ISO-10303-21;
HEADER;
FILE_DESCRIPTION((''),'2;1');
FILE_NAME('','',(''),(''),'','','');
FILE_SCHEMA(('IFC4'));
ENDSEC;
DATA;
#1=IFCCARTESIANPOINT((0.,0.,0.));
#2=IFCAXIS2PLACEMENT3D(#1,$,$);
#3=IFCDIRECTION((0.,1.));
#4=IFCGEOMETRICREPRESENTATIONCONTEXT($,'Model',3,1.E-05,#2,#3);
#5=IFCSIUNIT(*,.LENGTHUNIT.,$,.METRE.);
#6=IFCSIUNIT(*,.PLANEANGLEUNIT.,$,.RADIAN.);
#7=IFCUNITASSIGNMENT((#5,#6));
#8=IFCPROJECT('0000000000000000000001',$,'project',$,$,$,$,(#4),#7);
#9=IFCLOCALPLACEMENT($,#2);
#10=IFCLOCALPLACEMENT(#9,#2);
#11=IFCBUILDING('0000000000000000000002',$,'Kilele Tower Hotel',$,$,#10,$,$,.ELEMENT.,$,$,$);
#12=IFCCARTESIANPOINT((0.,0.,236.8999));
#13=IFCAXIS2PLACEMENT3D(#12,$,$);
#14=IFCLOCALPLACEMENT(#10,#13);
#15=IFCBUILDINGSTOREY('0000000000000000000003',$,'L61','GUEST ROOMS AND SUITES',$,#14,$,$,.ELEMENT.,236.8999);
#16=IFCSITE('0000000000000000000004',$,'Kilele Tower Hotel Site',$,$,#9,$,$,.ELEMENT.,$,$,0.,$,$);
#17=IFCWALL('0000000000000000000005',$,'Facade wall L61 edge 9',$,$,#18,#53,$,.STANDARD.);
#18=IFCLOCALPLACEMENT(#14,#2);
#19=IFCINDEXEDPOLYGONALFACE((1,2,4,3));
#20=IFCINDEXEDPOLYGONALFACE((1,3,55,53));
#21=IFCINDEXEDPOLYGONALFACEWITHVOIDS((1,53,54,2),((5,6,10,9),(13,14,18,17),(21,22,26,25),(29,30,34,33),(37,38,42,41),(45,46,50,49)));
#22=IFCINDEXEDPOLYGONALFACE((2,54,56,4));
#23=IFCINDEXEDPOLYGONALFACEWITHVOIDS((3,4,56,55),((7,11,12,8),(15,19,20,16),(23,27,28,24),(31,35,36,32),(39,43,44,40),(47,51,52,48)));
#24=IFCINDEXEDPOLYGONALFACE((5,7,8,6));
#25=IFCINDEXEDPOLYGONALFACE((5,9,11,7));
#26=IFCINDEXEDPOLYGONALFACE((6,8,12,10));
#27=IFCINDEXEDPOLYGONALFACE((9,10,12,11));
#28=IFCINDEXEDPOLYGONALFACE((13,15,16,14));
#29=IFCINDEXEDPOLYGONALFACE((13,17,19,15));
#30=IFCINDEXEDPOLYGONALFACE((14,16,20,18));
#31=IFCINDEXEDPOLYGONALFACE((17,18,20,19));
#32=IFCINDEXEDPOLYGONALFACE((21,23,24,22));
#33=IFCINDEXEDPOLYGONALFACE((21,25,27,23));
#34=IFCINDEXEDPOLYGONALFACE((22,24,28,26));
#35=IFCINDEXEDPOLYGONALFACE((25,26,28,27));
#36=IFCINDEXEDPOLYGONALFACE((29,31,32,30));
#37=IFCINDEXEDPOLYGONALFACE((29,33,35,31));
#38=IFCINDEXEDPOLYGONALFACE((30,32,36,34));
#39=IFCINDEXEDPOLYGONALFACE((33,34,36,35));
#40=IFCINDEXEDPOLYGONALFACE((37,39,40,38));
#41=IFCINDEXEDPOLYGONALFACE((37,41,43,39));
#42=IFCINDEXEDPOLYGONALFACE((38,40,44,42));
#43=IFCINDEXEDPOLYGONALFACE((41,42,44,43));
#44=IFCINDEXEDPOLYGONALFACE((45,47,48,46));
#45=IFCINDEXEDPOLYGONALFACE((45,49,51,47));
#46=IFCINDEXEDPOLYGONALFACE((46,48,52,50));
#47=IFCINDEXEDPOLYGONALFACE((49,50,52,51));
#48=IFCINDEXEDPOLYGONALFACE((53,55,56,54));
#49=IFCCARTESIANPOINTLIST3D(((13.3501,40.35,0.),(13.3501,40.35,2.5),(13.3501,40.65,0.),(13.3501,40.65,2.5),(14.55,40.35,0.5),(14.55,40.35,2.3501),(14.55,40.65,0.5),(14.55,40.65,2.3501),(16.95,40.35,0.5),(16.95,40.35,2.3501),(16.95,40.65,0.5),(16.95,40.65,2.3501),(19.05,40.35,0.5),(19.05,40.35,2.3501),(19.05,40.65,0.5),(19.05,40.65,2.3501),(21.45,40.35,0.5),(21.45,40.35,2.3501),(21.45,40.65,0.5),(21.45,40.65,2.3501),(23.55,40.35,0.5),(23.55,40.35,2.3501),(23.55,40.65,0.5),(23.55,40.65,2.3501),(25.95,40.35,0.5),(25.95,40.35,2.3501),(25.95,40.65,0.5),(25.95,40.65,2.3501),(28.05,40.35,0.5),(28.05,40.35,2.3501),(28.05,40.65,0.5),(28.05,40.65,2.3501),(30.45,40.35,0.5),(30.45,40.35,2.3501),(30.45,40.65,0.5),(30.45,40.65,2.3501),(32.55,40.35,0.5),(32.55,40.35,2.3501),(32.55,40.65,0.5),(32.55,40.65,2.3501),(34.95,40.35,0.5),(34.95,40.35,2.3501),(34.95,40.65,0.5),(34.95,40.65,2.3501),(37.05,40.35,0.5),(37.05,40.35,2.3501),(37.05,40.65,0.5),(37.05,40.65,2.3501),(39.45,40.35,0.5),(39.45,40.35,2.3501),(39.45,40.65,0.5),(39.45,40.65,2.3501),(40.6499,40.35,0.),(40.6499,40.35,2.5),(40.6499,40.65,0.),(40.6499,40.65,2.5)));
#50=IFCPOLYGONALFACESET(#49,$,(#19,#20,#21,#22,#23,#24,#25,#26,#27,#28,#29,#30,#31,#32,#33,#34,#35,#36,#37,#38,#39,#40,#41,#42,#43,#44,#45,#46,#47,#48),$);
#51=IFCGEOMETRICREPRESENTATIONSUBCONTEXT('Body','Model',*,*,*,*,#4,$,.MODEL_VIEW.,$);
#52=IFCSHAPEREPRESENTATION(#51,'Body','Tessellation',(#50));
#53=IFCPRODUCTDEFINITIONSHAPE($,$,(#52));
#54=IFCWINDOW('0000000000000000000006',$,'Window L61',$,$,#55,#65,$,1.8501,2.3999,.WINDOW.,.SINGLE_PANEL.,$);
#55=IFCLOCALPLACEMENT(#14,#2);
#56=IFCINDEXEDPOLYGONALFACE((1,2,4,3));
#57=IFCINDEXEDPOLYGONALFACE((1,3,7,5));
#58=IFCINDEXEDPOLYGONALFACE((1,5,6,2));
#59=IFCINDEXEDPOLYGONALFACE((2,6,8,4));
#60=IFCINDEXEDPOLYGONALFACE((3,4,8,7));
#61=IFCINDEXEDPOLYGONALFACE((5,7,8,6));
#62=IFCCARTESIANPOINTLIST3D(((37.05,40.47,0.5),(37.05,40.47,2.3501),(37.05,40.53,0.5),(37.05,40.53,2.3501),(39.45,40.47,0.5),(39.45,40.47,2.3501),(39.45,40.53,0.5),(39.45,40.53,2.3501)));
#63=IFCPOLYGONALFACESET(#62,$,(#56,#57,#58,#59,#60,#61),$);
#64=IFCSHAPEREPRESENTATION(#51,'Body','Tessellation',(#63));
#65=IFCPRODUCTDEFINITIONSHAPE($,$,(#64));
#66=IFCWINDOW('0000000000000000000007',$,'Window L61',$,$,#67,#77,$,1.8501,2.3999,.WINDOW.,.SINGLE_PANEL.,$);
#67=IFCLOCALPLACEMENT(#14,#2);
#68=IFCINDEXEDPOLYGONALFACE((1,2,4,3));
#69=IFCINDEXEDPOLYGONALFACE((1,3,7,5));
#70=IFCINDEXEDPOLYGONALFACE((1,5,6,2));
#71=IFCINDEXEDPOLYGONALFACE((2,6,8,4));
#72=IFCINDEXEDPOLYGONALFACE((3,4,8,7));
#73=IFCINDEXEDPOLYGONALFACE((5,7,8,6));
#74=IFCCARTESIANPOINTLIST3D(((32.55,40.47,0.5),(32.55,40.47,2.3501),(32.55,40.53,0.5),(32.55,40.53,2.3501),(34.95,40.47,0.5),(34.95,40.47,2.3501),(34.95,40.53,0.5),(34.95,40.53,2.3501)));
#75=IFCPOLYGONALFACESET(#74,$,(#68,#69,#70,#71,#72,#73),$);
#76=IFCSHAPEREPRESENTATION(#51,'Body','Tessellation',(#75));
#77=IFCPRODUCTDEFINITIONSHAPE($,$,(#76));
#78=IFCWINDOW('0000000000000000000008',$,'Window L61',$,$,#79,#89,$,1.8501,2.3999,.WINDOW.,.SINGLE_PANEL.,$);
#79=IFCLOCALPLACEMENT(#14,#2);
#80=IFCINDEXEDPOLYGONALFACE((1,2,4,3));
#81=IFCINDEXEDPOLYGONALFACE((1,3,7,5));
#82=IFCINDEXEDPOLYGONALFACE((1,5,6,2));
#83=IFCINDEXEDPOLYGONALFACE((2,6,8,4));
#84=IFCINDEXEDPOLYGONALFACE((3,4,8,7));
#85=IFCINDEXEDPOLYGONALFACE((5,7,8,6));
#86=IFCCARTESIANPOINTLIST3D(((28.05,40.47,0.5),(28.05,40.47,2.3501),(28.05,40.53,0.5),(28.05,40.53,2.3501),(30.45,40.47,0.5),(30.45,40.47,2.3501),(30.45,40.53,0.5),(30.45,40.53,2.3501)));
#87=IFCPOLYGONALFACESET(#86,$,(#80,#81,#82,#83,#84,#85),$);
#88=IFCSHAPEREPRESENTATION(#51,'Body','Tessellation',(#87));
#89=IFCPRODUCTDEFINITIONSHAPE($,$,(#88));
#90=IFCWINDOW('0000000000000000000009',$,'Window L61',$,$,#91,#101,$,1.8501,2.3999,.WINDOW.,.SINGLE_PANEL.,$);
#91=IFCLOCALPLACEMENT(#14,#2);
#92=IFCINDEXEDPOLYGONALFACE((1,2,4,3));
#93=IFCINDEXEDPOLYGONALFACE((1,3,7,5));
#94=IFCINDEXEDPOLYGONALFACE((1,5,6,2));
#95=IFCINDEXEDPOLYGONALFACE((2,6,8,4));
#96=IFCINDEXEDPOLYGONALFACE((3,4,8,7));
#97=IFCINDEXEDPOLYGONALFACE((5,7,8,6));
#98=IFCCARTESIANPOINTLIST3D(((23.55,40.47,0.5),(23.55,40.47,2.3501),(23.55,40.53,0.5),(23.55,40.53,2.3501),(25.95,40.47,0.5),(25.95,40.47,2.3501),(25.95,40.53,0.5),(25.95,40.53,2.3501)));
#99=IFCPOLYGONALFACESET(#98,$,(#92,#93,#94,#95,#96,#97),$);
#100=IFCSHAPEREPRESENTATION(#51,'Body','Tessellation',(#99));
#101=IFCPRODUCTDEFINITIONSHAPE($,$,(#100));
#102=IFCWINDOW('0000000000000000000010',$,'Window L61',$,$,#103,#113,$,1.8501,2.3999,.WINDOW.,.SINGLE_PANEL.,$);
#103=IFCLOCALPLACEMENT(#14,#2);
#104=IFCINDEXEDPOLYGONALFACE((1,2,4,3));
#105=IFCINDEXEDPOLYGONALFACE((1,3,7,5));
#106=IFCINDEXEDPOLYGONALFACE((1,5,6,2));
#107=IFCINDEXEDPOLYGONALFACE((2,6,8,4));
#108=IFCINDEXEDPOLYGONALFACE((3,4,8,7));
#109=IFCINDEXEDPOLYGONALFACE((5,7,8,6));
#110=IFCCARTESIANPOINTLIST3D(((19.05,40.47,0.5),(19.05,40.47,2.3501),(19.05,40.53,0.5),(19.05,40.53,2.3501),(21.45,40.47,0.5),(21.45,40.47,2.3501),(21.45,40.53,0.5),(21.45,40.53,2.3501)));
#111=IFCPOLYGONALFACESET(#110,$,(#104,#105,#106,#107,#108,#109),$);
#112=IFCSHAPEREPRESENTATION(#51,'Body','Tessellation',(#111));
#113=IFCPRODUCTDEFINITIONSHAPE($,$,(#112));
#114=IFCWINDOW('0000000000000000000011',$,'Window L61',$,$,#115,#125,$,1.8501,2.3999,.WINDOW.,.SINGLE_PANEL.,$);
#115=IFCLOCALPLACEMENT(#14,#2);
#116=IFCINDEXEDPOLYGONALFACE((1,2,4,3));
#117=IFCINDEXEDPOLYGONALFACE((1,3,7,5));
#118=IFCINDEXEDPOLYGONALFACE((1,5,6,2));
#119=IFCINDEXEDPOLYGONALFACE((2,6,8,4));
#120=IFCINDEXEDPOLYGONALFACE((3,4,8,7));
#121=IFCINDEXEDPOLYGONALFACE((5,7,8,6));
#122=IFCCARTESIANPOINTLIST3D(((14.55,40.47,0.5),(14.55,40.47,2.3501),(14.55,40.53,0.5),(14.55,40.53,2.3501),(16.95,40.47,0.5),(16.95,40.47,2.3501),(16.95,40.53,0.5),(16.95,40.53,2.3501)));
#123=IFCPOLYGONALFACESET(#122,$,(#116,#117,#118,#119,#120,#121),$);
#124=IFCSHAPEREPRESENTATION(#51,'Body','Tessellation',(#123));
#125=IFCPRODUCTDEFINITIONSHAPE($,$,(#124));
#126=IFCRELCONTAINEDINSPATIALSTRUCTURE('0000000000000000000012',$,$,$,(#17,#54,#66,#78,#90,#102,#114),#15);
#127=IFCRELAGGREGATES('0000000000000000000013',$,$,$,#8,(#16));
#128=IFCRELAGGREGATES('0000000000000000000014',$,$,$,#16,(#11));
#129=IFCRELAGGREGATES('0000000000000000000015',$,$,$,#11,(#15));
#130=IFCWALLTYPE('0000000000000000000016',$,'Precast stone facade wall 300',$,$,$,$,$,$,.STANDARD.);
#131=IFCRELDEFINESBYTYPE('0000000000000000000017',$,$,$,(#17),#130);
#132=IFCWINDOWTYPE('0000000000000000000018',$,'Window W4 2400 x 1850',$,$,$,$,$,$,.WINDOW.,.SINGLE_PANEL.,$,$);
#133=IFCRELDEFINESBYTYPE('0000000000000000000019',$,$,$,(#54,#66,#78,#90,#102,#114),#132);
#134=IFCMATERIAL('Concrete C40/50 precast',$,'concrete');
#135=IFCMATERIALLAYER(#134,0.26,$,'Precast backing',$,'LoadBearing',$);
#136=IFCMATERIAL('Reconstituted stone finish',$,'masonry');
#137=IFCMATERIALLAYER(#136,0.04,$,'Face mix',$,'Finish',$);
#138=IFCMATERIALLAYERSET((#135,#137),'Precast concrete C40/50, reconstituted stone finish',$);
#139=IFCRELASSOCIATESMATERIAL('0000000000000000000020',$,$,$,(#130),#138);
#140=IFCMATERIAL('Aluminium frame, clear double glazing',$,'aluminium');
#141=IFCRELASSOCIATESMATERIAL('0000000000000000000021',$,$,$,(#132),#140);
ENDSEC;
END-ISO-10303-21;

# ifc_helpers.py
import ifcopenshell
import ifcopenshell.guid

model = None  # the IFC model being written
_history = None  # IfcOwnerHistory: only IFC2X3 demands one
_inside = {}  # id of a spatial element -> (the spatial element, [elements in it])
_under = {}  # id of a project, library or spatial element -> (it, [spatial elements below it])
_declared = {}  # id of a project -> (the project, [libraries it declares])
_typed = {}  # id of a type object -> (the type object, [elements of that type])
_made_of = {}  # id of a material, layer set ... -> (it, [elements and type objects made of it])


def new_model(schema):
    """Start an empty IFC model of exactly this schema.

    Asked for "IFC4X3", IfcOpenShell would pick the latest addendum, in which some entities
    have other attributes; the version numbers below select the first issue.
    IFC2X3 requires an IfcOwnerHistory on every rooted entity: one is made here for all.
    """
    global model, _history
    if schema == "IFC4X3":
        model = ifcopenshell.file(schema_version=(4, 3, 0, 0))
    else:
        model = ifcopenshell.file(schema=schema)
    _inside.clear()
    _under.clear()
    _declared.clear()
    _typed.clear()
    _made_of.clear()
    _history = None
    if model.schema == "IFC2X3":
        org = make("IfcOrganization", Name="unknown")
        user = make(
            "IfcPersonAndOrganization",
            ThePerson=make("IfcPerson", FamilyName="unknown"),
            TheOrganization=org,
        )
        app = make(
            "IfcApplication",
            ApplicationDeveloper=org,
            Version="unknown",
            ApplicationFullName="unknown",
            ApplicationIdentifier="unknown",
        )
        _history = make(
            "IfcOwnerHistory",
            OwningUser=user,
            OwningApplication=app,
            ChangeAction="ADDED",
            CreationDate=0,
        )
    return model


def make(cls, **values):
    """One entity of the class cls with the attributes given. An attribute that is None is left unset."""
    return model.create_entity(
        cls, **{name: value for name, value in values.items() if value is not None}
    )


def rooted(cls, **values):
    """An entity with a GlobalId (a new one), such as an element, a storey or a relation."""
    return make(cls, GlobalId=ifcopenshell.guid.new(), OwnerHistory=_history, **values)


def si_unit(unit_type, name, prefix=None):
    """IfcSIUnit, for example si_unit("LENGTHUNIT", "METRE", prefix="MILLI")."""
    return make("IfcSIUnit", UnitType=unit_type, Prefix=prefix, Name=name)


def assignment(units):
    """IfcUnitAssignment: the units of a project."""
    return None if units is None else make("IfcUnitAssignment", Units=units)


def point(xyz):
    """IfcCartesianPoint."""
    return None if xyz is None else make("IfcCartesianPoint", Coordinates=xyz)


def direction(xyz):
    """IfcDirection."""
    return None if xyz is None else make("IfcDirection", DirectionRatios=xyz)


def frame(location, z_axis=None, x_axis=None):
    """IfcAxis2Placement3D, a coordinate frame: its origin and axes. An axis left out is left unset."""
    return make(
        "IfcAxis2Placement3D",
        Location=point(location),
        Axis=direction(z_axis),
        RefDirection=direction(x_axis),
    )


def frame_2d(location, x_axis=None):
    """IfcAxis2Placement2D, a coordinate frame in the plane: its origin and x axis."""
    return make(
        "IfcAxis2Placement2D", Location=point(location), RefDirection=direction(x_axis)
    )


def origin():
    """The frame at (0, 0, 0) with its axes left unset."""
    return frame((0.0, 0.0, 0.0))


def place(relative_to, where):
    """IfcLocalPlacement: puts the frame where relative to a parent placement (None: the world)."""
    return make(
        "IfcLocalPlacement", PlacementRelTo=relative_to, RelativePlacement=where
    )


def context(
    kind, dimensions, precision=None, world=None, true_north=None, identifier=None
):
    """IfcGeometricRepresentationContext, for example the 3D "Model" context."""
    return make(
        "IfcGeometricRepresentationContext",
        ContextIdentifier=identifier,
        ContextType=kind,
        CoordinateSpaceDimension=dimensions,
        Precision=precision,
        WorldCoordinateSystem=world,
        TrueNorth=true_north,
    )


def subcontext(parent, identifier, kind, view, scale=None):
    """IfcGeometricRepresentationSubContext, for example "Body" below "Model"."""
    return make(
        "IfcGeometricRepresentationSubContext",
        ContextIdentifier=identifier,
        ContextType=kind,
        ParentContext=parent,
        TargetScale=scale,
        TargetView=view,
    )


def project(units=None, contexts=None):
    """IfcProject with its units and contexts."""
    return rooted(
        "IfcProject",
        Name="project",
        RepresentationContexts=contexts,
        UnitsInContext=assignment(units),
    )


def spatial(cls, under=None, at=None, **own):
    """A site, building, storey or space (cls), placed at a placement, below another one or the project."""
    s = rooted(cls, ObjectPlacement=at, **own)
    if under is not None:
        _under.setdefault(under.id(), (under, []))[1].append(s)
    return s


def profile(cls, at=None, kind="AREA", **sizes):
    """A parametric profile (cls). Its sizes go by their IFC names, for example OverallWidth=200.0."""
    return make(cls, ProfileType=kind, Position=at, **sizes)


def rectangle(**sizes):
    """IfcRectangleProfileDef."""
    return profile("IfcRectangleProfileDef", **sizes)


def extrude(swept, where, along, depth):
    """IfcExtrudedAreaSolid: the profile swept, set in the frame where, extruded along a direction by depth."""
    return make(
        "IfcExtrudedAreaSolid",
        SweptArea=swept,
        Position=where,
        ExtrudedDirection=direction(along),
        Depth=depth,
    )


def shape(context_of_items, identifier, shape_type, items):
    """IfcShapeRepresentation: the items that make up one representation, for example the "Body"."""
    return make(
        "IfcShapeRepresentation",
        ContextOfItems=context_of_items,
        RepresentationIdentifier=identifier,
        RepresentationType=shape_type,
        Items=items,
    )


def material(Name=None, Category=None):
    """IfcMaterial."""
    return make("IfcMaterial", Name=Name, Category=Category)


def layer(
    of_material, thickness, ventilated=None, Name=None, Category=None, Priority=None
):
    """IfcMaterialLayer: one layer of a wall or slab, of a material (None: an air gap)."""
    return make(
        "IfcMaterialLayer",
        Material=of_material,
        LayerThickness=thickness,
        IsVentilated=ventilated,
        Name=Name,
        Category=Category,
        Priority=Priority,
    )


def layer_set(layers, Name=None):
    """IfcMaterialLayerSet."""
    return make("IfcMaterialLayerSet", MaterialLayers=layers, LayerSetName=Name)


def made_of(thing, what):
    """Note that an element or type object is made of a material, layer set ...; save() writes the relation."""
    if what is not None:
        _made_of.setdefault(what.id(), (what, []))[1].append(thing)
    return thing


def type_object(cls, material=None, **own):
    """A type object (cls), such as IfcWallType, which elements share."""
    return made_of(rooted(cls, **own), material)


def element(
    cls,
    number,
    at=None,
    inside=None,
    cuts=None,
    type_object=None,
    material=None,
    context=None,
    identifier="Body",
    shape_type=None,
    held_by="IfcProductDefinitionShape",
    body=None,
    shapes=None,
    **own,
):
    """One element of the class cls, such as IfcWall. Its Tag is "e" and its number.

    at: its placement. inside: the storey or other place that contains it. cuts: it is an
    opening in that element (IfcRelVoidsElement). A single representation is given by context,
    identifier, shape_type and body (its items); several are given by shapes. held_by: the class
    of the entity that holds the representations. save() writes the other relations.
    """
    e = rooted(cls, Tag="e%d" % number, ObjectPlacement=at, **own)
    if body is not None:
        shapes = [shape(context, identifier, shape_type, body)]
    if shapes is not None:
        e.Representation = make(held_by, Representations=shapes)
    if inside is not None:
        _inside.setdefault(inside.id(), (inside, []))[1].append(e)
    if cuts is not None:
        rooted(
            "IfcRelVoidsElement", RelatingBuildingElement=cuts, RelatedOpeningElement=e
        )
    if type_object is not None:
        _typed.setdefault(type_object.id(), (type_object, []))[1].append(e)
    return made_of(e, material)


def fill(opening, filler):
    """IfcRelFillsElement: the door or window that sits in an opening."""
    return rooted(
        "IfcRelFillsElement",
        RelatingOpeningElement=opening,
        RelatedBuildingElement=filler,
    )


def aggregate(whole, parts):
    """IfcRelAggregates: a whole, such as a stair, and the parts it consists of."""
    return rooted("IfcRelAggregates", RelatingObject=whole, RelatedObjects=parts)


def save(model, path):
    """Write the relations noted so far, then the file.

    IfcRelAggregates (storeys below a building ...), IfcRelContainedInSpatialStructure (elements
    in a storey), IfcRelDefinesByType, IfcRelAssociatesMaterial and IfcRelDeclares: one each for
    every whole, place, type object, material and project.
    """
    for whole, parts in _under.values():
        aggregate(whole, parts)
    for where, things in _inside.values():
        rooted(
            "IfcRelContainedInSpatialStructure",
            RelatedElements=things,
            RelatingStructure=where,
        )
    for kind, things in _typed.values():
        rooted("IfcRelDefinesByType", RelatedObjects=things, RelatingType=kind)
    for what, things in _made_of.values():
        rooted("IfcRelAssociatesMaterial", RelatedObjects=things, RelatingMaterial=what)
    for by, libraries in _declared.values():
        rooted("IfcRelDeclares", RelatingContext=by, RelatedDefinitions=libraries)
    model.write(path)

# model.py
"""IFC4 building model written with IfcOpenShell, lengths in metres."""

from ifc_helpers import new_model, si_unit, direction, frame, frame_2d, origin, place, context, subcontext, project, spatial, rectangle, extrude, material, layer, layer_set, type_object, element, fill, save


model = new_model("IFC4")

# Units and contexts
model_context = context("Model", 3, precision=1e-05, world=origin(), true_north=direction((0.0, 1.0)))
body_context = subcontext(model_context, "Body", "Model", "MODEL_VIEW")
ifc_project = project(units=[si_unit("LENGTHUNIT", "METRE"), si_unit("PLANEANGLEUNIT", "RADIAN")], contexts=[model_context])

# Site, building, storey
site_placement = place(None, origin())
site = spatial("IfcSite", under=ifc_project, at=site_placement, Name="Kilele Tower Hotel Site", CompositionType="ELEMENT", RefElevation=0.0)
building_placement = place(site_placement, origin())
building = spatial("IfcBuilding", under=site, at=building_placement, Name="Kilele Tower Hotel", CompositionType="ELEMENT")
storey_placement = place(building_placement, frame((0.0, 0.0, 236.8999)))
storey = spatial("IfcBuildingStorey", under=building, at=storey_placement, Name="L61", Description="GUEST ROOMS AND SUITES", CompositionType="ELEMENT", Elevation=236.8999)

# Shared definitions
ifc_material_1 = material(Name="Concrete C40/50 precast", Category="concrete")
ifc_layer_1 = layer(ifc_material_1, 0.26, Name="Precast backing", Category="LoadBearing")
ifc_material_2 = material(Name="Reconstituted stone finish", Category="masonry")
ifc_layer_2 = layer(ifc_material_2, 0.04, Name="Face mix", Category="Finish")
ifc_layer_set = layer_set([ifc_layer_1, ifc_layer_2], Name="Precast concrete C40/50, reconstituted stone finish")
wall_type = type_object("IfcWallType", Name="Precast stone facade wall 300", PredefinedType="STANDARD", material=ifc_layer_set)
ifc_material_3 = material(Name="Aluminium frame, clear double glazing", Category="aluminium")
window_type = type_object("IfcWindowType", Name="Window W4 2400 x 1850", PartitioningType="SINGLE_PANEL", PredefinedType="WINDOW", material=ifc_material_3)

# Wall, openings, windows
wall_1_placement = place(storey_placement, frame((40.6499, 40.5, 0.0), z_axis=(0.0, 0.0, 1.0), x_axis=(-1.0, 0.0, 0.0)))
wall_1 = element("IfcWall", 1, at=wall_1_placement, inside=storey, type_object=wall_type, Name="Facade wall L61 edge 9", PredefinedType="STANDARD", context=body_context, shape_type="SweptSolid", body=[
    extrude(rectangle(XDim=27.2998, YDim=0.3, at=frame_2d((13.6499, 0.0))), origin(), (0.0, 0.0, 1.0), 2.5),
])
opening_1_placement = place(wall_1_placement, frame((1.2, 0.0, 0.5)))
opening_1 = element("IfcOpeningElement", 2, at=opening_1_placement, cuts=wall_1, PredefinedType="OPENING", context=body_context, shape_type="SweptSolid", body=[
    extrude(rectangle(XDim=2.3999, YDim=1.8501, at=frame_2d((1.2, 0.925))), frame((0.0, 0.1599, 0.0), z_axis=(0.0, -1.0, 0.0), x_axis=(1.0, 0.0, 0.0)), (0.0, 0.0, 1.0), 0.3201),
])
opening_2_placement = place(wall_1_placement, frame((5.7, 0.0, 0.5)))
opening_2 = element("IfcOpeningElement", 3, at=opening_2_placement, cuts=wall_1, PredefinedType="OPENING", context=body_context, shape_type="SweptSolid", body=[
    extrude(rectangle(XDim=2.3999, YDim=1.8501, at=frame_2d((1.2, 0.925))), frame((0.0, 0.1599, 0.0), z_axis=(0.0, -1.0, 0.0), x_axis=(1.0, 0.0, 0.0)), (0.0, 0.0, 1.0), 0.3201),
])
opening_3_placement = place(wall_1_placement, frame((10.2, 0.0, 0.5)))
opening_3 = element("IfcOpeningElement", 4, at=opening_3_placement, cuts=wall_1, PredefinedType="OPENING", context=body_context, shape_type="SweptSolid", body=[
    extrude(rectangle(XDim=2.3999, YDim=1.8501, at=frame_2d((1.2, 0.925))), frame((0.0, 0.1599, 0.0), z_axis=(0.0, -1.0, 0.0), x_axis=(1.0, 0.0, 0.0)), (0.0, 0.0, 1.0), 0.3201),
])
opening_4_placement = place(wall_1_placement, frame((14.7, 0.0, 0.5)))
opening_4 = element("IfcOpeningElement", 5, at=opening_4_placement, cuts=wall_1, PredefinedType="OPENING", context=body_context, shape_type="SweptSolid", body=[
    extrude(rectangle(XDim=2.3999, YDim=1.8501, at=frame_2d((1.2, 0.925))), frame((0.0, 0.1599, 0.0), z_axis=(0.0, -1.0, 0.0), x_axis=(1.0, 0.0, 0.0)), (0.0, 0.0, 1.0), 0.3201),
])
opening_5_placement = place(wall_1_placement, frame((19.2, 0.0, 0.5)))
opening_5 = element("IfcOpeningElement", 6, at=opening_5_placement, cuts=wall_1, PredefinedType="OPENING", context=body_context, shape_type="SweptSolid", body=[
    extrude(rectangle(XDim=2.3999, YDim=1.8501, at=frame_2d((1.2, 0.925))), frame((0.0, 0.1599, 0.0), z_axis=(0.0, -1.0, 0.0), x_axis=(1.0, 0.0, 0.0)), (0.0, 0.0, 1.0), 0.3201),
])
opening_6_placement = place(wall_1_placement, frame((23.7, 0.0, 0.5)))
opening_6 = element("IfcOpeningElement", 7, at=opening_6_placement, cuts=wall_1, PredefinedType="OPENING", context=body_context, shape_type="SweptSolid", body=[
    extrude(rectangle(XDim=2.3999, YDim=1.8501, at=frame_2d((1.2, 0.925))), frame((0.0, 0.1599, 0.0), z_axis=(0.0, -1.0, 0.0), x_axis=(1.0, 0.0, 0.0)), (0.0, 0.0, 1.0), 0.3201),
])
window_1_placement = place(opening_1_placement, origin())
window_1 = element("IfcWindow", 8, at=window_1_placement, inside=storey, type_object=window_type, Name="Window L61", OverallHeight=1.8501, OverallWidth=2.3999, PartitioningType="SINGLE_PANEL", PredefinedType="WINDOW", context=body_context, shape_type="SweptSolid", body=[
    extrude(rectangle(XDim=2.3999, YDim=1.8501, at=frame_2d((1.2, 0.925))), frame((0.0, 0.03, 0.0), z_axis=(0.0, -1.0, 0.0), x_axis=(1.0, 0.0, 0.0)), (0.0, 0.0, 1.0), 0.0601),
])
fill(opening_1, window_1)
window_2_placement = place(opening_2_placement, origin())
window_2 = element("IfcWindow", 9, at=window_2_placement, inside=storey, type_object=window_type, Name="Window L61", OverallHeight=1.8501, OverallWidth=2.3999, PartitioningType="SINGLE_PANEL", PredefinedType="WINDOW", context=body_context, shape_type="SweptSolid", body=[
    extrude(rectangle(XDim=2.3999, YDim=1.8501, at=frame_2d((1.2, 0.925))), frame((0.0, 0.03, 0.0), z_axis=(0.0, -1.0, 0.0), x_axis=(1.0, 0.0, 0.0)), (0.0, 0.0, 1.0), 0.0601),
])
fill(opening_2, window_2)
window_3_placement = place(opening_3_placement, origin())
window_3 = element("IfcWindow", 10, at=window_3_placement, inside=storey, type_object=window_type, Name="Window L61", OverallHeight=1.8501, OverallWidth=2.3999, PartitioningType="SINGLE_PANEL", PredefinedType="WINDOW", context=body_context, shape_type="SweptSolid", body=[
    extrude(rectangle(XDim=2.3999, YDim=1.8501, at=frame_2d((1.2, 0.925))), frame((0.0, 0.03, 0.0), z_axis=(0.0, -1.0, 0.0), x_axis=(1.0, 0.0, 0.0)), (0.0, 0.0, 1.0), 0.0601),
])
fill(opening_3, window_3)
window_4_placement = place(opening_4_placement, origin())
window_4 = element("IfcWindow", 11, at=window_4_placement, inside=storey, type_object=window_type, Name="Window L61", OverallHeight=1.8501, OverallWidth=2.3999, PartitioningType="SINGLE_PANEL", PredefinedType="WINDOW", context=body_context, shape_type="SweptSolid", body=[
    extrude(rectangle(XDim=2.3999, YDim=1.8501, at=frame_2d((1.2, 0.925))), frame((0.0, 0.03, 0.0), z_axis=(0.0, -1.0, 0.0), x_axis=(1.0, 0.0, 0.0)), (0.0, 0.0, 1.0), 0.0601),
])
fill(opening_4, window_4)
window_5_placement = place(opening_5_placement, origin())
window_5 = element("IfcWindow", 12, at=window_5_placement, inside=storey, type_object=window_type, Name="Window L61", OverallHeight=1.8501, OverallWidth=2.3999, PartitioningType="SINGLE_PANEL", PredefinedType="WINDOW", context=body_context, shape_type="SweptSolid", body=[
    extrude(rectangle(XDim=2.3999, YDim=1.8501, at=frame_2d((1.2, 0.925))), frame((0.0, 0.03, 0.0), z_axis=(0.0, -1.0, 0.0), x_axis=(1.0, 0.0, 0.0)), (0.0, 0.0, 1.0), 0.0601),
])
fill(opening_5, window_5)
window_6_placement = place(opening_6_placement, origin())
window_6 = element("IfcWindow", 13, at=window_6_placement, inside=storey, type_object=window_type, Name="Window L61", OverallHeight=1.8501, OverallWidth=2.3999, PartitioningType="SINGLE_PANEL", PredefinedType="WINDOW", context=body_context, shape_type="SweptSolid", body=[
    extrude(rectangle(XDim=2.3999, YDim=1.8501, at=frame_2d((1.2, 0.925))), frame((0.0, 0.03, 0.0), z_axis=(0.0, -1.0, 0.0), x_axis=(1.0, 0.0, 0.0)), (0.0, 0.0, 1.0), 0.0601),
])
fill(opening_6, window_6)

save(model, "model.ifc")
